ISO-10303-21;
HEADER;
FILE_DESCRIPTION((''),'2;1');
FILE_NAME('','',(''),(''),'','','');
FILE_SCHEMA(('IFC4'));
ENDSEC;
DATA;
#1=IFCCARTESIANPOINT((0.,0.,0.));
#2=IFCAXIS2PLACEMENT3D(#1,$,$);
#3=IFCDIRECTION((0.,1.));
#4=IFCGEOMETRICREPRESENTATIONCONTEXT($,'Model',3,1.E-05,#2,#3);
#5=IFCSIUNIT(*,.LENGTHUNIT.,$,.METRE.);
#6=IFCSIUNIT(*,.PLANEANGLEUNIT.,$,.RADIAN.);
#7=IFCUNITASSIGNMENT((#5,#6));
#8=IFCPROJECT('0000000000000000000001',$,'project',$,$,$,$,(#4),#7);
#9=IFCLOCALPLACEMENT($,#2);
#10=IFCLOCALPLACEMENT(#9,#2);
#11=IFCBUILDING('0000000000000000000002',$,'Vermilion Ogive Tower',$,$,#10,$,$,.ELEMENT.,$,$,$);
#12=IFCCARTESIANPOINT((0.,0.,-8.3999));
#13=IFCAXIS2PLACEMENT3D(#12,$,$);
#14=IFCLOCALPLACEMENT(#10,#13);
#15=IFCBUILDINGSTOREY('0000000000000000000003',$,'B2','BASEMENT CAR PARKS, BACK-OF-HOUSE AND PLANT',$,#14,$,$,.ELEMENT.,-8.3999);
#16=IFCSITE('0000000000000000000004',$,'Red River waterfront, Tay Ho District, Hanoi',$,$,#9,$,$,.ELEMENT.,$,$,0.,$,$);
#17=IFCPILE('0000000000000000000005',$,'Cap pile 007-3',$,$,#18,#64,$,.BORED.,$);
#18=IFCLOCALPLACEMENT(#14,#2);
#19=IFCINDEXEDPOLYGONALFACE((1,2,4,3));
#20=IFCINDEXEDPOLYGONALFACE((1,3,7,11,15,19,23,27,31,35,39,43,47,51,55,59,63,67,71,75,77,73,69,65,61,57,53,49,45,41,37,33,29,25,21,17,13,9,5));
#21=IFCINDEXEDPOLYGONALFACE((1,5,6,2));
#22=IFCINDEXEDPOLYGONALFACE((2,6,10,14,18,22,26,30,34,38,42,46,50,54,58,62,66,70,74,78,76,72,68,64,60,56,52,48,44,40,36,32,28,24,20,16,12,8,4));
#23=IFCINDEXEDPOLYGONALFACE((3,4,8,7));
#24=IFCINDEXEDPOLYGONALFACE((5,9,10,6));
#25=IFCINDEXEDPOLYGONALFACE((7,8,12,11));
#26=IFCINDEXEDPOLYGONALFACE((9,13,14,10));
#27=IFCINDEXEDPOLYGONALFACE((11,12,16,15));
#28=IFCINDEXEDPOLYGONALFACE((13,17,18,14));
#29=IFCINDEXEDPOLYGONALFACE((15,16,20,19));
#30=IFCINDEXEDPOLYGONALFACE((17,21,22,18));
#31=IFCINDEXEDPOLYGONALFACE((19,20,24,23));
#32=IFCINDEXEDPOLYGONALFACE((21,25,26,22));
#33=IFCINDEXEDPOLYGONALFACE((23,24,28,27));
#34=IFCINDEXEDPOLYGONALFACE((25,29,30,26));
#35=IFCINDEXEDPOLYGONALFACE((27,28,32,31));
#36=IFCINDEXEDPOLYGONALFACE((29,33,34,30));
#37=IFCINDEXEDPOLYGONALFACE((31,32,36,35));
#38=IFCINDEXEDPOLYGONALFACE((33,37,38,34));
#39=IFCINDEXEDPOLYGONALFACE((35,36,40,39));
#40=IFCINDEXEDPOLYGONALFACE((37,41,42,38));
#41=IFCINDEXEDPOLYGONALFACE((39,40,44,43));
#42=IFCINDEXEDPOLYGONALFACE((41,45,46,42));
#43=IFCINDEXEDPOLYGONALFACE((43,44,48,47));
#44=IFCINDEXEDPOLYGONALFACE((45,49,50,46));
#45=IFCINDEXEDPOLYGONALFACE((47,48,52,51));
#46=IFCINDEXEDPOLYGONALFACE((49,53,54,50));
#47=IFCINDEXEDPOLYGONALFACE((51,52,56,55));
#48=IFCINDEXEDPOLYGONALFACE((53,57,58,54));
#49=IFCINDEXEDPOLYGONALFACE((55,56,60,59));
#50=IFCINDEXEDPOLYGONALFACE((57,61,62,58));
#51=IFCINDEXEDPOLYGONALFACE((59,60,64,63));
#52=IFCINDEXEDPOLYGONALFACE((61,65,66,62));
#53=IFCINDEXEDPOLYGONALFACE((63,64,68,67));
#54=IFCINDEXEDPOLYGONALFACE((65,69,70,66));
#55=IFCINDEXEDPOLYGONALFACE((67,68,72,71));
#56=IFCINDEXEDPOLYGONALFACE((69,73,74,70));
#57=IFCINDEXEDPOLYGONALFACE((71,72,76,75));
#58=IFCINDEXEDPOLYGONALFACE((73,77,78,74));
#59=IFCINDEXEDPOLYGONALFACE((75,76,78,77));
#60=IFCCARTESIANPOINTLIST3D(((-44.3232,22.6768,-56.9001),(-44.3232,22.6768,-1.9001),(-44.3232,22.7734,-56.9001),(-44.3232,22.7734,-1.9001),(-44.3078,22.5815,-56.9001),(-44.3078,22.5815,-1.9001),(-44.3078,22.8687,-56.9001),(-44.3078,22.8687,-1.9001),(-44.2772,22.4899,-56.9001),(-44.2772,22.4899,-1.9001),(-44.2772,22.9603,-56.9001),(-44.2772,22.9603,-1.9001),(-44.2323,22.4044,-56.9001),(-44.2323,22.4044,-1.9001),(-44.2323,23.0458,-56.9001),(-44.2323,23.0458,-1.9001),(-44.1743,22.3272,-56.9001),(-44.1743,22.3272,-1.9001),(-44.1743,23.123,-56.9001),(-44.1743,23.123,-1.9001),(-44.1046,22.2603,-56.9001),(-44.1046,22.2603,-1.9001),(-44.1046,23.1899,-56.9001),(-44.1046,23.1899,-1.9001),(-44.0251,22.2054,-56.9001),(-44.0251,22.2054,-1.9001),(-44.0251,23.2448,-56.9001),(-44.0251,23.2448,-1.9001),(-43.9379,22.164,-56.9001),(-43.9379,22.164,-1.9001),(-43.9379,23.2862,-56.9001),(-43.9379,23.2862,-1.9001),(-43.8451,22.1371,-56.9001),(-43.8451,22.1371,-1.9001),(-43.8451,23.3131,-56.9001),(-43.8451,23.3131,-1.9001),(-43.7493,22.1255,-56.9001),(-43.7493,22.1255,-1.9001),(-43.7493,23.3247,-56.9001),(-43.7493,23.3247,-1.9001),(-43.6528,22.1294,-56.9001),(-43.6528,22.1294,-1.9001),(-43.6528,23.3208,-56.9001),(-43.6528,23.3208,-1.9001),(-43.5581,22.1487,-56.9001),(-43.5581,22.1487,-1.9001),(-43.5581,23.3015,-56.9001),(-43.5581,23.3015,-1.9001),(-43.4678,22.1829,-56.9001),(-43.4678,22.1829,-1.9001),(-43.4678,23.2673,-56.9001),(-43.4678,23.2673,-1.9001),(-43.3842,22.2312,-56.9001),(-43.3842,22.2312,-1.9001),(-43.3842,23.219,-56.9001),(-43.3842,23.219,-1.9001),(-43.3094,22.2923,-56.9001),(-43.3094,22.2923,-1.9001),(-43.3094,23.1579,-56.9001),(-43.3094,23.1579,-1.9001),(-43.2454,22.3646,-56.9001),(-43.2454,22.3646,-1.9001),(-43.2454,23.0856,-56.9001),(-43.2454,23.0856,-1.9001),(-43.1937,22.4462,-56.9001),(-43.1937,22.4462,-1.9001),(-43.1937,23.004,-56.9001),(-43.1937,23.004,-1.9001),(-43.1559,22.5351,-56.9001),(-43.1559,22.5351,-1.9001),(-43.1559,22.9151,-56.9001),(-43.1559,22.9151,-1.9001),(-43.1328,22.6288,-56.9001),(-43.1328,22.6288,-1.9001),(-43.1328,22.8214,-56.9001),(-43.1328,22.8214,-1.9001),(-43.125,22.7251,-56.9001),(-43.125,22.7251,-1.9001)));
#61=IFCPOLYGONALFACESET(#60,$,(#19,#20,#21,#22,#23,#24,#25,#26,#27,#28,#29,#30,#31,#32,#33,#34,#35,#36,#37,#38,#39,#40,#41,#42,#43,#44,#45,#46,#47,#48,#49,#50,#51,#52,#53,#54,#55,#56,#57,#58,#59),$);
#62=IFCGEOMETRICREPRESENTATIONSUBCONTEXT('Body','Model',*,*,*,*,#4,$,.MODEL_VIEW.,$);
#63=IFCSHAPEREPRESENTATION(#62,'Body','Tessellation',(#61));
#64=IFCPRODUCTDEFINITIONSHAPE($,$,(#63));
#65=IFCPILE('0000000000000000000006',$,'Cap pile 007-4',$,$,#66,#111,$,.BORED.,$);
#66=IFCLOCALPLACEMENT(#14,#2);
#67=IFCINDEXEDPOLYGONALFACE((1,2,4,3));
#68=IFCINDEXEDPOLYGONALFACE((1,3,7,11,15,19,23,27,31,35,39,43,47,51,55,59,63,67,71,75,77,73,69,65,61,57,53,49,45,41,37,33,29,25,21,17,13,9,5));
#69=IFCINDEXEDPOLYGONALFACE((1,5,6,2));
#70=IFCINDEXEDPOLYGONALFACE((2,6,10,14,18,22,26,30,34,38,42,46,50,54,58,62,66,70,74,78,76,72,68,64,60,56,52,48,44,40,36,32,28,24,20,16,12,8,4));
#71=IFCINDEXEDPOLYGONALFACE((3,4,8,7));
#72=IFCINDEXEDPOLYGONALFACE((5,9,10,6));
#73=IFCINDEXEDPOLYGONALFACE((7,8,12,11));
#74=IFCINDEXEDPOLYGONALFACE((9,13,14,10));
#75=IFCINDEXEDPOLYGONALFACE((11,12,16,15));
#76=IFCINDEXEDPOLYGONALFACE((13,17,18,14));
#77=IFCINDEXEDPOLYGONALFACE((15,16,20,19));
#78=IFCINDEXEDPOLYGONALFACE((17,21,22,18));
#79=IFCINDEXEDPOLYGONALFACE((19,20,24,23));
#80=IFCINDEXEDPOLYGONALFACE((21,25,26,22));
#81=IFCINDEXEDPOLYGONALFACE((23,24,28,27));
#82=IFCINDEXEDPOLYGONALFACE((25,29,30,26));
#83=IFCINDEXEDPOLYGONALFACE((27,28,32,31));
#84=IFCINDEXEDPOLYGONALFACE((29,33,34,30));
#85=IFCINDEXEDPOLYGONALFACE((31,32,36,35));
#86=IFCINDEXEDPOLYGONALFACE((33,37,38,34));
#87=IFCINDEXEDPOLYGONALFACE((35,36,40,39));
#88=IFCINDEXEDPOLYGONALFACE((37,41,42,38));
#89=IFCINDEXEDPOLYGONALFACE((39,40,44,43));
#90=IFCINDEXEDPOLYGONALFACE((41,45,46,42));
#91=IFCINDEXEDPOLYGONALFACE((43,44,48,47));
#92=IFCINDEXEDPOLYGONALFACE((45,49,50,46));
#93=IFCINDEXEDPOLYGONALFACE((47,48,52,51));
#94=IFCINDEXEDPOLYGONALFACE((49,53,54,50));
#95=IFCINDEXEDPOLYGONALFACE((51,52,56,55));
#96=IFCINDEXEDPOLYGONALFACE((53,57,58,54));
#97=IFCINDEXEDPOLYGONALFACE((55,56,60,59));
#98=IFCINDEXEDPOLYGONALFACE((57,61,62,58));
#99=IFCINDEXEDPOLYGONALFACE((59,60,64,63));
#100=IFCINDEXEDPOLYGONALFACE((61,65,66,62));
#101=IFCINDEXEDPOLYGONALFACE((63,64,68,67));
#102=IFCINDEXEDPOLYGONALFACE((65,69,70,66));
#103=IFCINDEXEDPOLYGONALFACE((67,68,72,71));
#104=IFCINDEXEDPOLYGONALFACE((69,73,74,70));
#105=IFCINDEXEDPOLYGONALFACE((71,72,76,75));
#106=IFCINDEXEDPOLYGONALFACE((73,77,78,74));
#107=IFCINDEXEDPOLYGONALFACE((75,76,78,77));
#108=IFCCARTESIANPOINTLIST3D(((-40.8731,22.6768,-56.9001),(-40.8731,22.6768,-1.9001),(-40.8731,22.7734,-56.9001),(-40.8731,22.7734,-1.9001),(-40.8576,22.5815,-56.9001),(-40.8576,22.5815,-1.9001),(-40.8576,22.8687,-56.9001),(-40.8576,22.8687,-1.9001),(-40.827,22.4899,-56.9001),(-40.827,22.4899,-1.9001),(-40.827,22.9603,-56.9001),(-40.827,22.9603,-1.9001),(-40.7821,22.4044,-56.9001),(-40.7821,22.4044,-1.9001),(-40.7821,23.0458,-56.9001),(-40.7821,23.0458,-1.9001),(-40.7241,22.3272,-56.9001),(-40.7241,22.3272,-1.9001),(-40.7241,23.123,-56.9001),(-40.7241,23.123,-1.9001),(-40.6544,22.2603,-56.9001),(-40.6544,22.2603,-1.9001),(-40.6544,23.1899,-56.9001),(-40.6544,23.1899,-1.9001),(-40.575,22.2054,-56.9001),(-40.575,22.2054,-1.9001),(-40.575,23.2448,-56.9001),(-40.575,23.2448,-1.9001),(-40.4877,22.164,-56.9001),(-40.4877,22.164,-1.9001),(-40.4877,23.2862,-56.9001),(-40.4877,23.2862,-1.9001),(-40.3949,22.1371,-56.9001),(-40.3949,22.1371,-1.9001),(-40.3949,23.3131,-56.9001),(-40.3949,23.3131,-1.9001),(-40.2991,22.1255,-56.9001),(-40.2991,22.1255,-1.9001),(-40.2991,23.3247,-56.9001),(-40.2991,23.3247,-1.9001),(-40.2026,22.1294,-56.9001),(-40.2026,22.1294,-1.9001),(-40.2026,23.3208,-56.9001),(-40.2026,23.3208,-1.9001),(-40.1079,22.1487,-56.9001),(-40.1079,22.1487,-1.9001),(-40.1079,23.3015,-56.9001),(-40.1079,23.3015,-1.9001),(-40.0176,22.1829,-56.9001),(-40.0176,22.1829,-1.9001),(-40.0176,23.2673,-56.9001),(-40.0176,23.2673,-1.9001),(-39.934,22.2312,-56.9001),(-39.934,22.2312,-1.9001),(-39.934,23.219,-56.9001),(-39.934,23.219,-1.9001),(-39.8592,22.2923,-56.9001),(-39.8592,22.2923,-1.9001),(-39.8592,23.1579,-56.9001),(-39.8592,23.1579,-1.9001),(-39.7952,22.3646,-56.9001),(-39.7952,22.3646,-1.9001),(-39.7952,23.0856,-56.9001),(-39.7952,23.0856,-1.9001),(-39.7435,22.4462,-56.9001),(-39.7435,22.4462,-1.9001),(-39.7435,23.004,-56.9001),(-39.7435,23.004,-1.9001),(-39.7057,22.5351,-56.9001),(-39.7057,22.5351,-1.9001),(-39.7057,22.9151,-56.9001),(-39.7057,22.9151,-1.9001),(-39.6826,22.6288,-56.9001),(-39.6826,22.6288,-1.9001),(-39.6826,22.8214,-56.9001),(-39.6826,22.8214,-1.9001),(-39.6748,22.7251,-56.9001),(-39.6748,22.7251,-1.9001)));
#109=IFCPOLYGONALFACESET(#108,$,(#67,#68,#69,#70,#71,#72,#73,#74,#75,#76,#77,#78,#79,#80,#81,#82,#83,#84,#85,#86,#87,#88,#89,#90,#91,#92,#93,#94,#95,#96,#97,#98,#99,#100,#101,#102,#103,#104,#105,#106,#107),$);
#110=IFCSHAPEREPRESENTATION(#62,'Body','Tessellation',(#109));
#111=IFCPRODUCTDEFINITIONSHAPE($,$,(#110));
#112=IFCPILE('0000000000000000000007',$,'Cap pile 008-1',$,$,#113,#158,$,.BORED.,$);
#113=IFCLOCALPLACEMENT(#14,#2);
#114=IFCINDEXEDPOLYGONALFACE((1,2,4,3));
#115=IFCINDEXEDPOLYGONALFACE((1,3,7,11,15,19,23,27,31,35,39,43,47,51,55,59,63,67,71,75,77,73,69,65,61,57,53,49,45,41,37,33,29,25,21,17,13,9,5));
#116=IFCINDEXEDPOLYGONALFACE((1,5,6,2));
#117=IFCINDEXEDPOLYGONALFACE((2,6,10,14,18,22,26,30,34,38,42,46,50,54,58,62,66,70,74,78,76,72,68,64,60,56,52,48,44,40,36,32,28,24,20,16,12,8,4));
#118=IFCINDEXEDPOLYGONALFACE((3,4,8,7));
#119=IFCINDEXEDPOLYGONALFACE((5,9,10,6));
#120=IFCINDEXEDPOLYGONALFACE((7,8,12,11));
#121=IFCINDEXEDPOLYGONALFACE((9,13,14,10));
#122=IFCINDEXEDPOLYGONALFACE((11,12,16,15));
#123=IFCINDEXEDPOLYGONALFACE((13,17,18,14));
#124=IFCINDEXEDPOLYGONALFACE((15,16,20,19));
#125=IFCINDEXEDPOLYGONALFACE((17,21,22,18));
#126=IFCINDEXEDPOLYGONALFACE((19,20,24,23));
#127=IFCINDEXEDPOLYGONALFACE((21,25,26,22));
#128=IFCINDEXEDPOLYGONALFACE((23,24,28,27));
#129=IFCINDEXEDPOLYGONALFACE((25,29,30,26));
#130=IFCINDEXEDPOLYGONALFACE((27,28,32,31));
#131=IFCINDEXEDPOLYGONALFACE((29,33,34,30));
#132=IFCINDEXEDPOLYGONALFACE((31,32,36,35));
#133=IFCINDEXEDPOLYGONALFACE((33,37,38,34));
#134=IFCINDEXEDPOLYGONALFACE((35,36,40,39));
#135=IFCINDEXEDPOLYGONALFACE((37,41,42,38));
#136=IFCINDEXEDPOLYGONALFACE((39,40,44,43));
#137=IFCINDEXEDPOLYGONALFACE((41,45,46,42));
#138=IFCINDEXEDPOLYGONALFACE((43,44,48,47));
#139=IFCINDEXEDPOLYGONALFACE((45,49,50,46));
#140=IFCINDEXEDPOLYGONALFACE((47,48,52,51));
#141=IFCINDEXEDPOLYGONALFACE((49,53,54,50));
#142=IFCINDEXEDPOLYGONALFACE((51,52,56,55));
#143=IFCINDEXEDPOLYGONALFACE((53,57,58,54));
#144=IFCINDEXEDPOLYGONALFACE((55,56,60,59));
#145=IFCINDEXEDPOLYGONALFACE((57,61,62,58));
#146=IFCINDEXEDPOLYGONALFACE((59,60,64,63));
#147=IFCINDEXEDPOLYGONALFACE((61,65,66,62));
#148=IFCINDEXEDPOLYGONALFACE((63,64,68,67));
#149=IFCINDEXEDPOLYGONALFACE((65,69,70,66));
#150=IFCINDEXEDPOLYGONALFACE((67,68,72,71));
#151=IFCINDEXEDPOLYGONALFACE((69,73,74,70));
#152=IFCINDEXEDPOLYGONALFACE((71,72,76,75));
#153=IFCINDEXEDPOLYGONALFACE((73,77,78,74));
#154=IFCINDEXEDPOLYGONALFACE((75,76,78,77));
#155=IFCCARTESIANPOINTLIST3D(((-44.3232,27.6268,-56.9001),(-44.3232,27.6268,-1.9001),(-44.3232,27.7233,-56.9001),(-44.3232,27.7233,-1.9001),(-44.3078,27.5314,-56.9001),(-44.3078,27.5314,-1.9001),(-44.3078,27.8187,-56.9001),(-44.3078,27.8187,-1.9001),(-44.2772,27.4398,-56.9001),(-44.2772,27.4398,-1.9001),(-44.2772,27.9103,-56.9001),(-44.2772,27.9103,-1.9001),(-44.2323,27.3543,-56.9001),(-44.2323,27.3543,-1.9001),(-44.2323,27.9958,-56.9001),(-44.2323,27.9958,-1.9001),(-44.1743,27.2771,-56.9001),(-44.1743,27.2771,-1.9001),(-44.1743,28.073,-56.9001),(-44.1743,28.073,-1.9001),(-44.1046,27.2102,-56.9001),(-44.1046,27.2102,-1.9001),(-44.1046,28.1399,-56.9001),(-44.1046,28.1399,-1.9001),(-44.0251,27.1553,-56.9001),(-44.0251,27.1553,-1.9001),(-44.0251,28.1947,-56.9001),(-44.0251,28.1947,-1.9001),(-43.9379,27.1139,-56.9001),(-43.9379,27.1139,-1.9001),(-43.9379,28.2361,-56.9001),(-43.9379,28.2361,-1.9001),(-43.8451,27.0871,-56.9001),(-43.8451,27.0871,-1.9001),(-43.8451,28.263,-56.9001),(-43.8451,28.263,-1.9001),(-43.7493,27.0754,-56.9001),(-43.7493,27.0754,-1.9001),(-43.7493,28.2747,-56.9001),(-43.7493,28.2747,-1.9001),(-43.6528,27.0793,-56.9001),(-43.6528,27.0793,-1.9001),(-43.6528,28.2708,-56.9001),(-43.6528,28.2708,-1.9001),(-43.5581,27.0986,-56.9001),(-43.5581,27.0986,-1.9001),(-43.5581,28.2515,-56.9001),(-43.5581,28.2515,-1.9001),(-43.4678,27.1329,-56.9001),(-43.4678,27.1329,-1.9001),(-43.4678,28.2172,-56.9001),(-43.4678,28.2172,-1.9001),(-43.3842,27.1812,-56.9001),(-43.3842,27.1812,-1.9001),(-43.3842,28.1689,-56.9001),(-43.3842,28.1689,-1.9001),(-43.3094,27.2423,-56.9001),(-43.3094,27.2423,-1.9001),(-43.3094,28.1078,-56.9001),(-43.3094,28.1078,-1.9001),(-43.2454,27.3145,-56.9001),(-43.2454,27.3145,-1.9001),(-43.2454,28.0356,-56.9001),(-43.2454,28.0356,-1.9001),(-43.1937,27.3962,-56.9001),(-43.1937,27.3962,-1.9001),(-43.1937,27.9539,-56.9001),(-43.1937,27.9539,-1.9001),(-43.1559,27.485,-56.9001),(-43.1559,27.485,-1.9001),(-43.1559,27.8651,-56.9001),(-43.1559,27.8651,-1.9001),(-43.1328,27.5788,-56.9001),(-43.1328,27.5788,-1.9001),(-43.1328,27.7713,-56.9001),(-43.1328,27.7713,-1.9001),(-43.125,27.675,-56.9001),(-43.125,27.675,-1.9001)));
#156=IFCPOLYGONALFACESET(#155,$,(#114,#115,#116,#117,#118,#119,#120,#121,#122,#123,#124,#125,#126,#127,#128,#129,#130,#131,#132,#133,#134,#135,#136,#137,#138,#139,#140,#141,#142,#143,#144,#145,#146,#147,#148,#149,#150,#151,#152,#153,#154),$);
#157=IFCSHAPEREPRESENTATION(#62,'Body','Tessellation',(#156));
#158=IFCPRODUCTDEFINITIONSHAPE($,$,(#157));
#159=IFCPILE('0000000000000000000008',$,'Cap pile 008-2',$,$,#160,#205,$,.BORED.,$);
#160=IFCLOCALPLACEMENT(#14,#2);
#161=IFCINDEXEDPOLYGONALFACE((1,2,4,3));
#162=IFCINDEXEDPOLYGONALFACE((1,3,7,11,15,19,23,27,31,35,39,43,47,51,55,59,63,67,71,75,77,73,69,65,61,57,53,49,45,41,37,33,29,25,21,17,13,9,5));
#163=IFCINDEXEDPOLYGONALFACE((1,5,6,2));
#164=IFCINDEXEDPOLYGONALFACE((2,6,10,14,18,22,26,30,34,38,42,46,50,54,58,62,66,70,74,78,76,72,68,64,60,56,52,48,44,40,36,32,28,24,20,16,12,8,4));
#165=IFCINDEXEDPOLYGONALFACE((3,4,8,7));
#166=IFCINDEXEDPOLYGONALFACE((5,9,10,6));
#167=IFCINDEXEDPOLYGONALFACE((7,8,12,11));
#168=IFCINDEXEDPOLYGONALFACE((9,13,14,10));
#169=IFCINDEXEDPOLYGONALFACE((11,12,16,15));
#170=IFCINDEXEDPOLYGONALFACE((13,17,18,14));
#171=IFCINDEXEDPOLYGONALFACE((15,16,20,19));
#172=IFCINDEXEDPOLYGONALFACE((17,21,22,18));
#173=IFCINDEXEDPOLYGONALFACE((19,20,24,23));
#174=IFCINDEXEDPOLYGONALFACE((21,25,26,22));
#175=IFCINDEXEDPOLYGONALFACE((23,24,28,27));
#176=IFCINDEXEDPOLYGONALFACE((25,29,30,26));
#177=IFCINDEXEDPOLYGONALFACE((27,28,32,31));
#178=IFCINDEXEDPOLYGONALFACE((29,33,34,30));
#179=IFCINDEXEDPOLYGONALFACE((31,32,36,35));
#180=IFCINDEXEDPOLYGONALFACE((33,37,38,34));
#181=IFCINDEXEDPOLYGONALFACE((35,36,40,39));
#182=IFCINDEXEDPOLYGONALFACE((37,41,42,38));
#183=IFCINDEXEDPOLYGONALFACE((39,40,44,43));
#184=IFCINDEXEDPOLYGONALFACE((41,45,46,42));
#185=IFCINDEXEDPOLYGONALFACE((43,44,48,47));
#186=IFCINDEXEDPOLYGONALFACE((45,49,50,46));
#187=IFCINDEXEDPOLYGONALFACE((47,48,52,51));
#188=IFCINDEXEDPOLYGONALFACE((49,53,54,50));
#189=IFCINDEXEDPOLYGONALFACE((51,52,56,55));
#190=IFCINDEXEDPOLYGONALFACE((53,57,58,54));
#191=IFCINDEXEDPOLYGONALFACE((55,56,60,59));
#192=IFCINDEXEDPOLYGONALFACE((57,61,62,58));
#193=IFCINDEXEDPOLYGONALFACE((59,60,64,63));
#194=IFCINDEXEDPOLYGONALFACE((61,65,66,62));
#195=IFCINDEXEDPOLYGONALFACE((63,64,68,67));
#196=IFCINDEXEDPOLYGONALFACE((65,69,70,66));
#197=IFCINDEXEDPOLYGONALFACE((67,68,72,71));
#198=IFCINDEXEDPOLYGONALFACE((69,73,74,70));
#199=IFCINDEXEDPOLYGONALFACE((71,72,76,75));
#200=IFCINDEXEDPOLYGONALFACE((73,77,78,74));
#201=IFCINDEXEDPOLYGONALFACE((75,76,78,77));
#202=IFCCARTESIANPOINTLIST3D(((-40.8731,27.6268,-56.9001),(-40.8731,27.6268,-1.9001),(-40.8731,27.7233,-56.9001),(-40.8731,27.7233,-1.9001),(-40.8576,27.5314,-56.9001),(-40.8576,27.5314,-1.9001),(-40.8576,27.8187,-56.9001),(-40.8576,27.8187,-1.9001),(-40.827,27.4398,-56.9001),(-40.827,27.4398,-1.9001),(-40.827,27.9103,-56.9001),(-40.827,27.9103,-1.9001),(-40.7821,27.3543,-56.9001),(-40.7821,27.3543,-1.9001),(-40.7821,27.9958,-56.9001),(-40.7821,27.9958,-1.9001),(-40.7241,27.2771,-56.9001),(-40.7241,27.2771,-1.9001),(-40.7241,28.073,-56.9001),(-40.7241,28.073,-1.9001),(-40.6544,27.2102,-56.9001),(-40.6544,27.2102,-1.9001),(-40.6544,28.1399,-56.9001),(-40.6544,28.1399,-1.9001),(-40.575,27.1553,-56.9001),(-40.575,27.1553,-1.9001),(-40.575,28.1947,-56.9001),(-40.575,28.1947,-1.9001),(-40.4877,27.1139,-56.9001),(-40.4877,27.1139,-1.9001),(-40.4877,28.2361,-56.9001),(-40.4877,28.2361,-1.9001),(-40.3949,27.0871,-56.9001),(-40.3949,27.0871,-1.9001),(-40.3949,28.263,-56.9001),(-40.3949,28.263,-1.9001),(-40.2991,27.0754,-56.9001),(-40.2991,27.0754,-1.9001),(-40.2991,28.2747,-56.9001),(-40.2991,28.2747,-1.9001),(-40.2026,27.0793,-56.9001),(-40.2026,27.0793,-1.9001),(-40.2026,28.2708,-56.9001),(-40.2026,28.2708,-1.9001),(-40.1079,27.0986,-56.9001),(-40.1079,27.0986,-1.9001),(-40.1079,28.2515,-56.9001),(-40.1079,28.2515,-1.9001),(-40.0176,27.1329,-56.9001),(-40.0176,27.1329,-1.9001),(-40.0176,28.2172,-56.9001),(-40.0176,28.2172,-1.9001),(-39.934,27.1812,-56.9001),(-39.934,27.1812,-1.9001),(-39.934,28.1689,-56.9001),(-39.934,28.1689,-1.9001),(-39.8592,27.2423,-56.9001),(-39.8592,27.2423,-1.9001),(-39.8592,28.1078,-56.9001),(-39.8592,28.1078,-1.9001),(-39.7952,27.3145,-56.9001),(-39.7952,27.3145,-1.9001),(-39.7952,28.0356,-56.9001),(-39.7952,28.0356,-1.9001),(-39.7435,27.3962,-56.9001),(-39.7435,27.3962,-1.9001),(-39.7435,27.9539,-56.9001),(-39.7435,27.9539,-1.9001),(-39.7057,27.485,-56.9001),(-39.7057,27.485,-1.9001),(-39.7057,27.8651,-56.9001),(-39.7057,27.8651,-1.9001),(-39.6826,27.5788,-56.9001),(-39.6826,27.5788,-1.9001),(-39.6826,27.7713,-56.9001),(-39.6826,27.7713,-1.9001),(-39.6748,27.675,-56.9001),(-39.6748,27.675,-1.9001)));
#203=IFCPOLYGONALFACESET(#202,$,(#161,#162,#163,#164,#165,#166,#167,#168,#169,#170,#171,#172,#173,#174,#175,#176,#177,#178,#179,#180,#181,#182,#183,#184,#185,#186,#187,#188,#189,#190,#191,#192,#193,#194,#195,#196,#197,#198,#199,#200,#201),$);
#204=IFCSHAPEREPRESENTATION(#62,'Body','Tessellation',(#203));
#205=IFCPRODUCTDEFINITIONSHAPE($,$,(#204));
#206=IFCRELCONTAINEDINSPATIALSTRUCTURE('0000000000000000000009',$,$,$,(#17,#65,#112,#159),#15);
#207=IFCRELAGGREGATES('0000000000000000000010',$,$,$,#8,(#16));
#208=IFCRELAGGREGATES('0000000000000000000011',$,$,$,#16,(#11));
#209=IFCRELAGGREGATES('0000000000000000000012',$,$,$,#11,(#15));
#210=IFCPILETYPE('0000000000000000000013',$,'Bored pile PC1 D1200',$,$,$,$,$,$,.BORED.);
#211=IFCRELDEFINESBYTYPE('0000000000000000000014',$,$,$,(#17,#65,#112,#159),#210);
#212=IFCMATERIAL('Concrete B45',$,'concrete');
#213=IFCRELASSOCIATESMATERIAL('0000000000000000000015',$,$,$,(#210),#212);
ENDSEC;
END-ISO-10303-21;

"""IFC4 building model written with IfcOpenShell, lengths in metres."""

from ifc_helpers import new_model, si_unit, direction, frame, origin, origin_2d, place, context, subcontext, project, spatial, circle, extrude, material, type_object, element, save


model = new_model("IFC4")

# Units and contexts
model_context = context("Model", 3, precision=1e-05, world=origin(), true_north=direction((0.0, 1.0)))
body_context = subcontext(model_context, "Body", "Model", "MODEL_VIEW")
ifc_project = project(units=[si_unit("LENGTHUNIT", "METRE"), si_unit("PLANEANGLEUNIT", "RADIAN")], contexts=[model_context])

# Site, building, storey
site_placement = place(None, origin())
site = spatial("IfcSite", under=ifc_project, at=site_placement, Name="Red River waterfront, Tay Ho District, Hanoi", CompositionType="ELEMENT", RefElevation=0.0)
building_placement = place(site_placement, origin())
building = spatial("IfcBuilding", under=site, at=building_placement, Name="Vermilion Ogive Tower", CompositionType="ELEMENT")
storey_placement = place(building_placement, frame((0.0, 0.0, -8.3999)))
storey = spatial("IfcBuildingStorey", under=building, at=storey_placement, Name="B2", Description="BASEMENT CAR PARKS, BACK-OF-HOUSE AND PLANT", CompositionType="ELEMENT", Elevation=-8.3999)

# Piles
ifc_material_1 = material(Name="Concrete B45", Category="concrete")
pile_type = type_object("IfcPileType", Name="Bored pile PC1 D1200", PredefinedType="BORED", material=ifc_material_1)
for number, where, z_axis, x_axis, name in (
    (1, (-43.7251, 22.7251, -1.9001), (0.0, 0.0, -1.0), (1.0, 0.0, 0.0), "Cap pile 007-3"),
    (2, (-40.2749, 22.7251, -1.9001), (0.0, 0.0, -1.0), (1.0, 0.0, 0.0), "Cap pile 007-4"),
    (3, (-43.7251, 27.675, -1.9001), (0.0, 0.0, -1.0), (1.0, 0.0, 0.0), "Cap pile 008-1"),
    (4, (-40.2749, 27.675, -1.9001), (0.0, 0.0, -1.0), (1.0, 0.0, 0.0), "Cap pile 008-2"),
):
    element("IfcPile", number, at=place(storey_placement, frame(where, z_axis=z_axis, x_axis=x_axis)), inside=storey, type_object=pile_type, Name=name, PredefinedType="BORED", context=body_context, shape_type="SweptSolid", body=[
        extrude(circle(Radius=0.6001, at=origin_2d()), origin(), (0.0, 0.0, 1.0), 55.0),
    ])

save(model, "model.ifc")
